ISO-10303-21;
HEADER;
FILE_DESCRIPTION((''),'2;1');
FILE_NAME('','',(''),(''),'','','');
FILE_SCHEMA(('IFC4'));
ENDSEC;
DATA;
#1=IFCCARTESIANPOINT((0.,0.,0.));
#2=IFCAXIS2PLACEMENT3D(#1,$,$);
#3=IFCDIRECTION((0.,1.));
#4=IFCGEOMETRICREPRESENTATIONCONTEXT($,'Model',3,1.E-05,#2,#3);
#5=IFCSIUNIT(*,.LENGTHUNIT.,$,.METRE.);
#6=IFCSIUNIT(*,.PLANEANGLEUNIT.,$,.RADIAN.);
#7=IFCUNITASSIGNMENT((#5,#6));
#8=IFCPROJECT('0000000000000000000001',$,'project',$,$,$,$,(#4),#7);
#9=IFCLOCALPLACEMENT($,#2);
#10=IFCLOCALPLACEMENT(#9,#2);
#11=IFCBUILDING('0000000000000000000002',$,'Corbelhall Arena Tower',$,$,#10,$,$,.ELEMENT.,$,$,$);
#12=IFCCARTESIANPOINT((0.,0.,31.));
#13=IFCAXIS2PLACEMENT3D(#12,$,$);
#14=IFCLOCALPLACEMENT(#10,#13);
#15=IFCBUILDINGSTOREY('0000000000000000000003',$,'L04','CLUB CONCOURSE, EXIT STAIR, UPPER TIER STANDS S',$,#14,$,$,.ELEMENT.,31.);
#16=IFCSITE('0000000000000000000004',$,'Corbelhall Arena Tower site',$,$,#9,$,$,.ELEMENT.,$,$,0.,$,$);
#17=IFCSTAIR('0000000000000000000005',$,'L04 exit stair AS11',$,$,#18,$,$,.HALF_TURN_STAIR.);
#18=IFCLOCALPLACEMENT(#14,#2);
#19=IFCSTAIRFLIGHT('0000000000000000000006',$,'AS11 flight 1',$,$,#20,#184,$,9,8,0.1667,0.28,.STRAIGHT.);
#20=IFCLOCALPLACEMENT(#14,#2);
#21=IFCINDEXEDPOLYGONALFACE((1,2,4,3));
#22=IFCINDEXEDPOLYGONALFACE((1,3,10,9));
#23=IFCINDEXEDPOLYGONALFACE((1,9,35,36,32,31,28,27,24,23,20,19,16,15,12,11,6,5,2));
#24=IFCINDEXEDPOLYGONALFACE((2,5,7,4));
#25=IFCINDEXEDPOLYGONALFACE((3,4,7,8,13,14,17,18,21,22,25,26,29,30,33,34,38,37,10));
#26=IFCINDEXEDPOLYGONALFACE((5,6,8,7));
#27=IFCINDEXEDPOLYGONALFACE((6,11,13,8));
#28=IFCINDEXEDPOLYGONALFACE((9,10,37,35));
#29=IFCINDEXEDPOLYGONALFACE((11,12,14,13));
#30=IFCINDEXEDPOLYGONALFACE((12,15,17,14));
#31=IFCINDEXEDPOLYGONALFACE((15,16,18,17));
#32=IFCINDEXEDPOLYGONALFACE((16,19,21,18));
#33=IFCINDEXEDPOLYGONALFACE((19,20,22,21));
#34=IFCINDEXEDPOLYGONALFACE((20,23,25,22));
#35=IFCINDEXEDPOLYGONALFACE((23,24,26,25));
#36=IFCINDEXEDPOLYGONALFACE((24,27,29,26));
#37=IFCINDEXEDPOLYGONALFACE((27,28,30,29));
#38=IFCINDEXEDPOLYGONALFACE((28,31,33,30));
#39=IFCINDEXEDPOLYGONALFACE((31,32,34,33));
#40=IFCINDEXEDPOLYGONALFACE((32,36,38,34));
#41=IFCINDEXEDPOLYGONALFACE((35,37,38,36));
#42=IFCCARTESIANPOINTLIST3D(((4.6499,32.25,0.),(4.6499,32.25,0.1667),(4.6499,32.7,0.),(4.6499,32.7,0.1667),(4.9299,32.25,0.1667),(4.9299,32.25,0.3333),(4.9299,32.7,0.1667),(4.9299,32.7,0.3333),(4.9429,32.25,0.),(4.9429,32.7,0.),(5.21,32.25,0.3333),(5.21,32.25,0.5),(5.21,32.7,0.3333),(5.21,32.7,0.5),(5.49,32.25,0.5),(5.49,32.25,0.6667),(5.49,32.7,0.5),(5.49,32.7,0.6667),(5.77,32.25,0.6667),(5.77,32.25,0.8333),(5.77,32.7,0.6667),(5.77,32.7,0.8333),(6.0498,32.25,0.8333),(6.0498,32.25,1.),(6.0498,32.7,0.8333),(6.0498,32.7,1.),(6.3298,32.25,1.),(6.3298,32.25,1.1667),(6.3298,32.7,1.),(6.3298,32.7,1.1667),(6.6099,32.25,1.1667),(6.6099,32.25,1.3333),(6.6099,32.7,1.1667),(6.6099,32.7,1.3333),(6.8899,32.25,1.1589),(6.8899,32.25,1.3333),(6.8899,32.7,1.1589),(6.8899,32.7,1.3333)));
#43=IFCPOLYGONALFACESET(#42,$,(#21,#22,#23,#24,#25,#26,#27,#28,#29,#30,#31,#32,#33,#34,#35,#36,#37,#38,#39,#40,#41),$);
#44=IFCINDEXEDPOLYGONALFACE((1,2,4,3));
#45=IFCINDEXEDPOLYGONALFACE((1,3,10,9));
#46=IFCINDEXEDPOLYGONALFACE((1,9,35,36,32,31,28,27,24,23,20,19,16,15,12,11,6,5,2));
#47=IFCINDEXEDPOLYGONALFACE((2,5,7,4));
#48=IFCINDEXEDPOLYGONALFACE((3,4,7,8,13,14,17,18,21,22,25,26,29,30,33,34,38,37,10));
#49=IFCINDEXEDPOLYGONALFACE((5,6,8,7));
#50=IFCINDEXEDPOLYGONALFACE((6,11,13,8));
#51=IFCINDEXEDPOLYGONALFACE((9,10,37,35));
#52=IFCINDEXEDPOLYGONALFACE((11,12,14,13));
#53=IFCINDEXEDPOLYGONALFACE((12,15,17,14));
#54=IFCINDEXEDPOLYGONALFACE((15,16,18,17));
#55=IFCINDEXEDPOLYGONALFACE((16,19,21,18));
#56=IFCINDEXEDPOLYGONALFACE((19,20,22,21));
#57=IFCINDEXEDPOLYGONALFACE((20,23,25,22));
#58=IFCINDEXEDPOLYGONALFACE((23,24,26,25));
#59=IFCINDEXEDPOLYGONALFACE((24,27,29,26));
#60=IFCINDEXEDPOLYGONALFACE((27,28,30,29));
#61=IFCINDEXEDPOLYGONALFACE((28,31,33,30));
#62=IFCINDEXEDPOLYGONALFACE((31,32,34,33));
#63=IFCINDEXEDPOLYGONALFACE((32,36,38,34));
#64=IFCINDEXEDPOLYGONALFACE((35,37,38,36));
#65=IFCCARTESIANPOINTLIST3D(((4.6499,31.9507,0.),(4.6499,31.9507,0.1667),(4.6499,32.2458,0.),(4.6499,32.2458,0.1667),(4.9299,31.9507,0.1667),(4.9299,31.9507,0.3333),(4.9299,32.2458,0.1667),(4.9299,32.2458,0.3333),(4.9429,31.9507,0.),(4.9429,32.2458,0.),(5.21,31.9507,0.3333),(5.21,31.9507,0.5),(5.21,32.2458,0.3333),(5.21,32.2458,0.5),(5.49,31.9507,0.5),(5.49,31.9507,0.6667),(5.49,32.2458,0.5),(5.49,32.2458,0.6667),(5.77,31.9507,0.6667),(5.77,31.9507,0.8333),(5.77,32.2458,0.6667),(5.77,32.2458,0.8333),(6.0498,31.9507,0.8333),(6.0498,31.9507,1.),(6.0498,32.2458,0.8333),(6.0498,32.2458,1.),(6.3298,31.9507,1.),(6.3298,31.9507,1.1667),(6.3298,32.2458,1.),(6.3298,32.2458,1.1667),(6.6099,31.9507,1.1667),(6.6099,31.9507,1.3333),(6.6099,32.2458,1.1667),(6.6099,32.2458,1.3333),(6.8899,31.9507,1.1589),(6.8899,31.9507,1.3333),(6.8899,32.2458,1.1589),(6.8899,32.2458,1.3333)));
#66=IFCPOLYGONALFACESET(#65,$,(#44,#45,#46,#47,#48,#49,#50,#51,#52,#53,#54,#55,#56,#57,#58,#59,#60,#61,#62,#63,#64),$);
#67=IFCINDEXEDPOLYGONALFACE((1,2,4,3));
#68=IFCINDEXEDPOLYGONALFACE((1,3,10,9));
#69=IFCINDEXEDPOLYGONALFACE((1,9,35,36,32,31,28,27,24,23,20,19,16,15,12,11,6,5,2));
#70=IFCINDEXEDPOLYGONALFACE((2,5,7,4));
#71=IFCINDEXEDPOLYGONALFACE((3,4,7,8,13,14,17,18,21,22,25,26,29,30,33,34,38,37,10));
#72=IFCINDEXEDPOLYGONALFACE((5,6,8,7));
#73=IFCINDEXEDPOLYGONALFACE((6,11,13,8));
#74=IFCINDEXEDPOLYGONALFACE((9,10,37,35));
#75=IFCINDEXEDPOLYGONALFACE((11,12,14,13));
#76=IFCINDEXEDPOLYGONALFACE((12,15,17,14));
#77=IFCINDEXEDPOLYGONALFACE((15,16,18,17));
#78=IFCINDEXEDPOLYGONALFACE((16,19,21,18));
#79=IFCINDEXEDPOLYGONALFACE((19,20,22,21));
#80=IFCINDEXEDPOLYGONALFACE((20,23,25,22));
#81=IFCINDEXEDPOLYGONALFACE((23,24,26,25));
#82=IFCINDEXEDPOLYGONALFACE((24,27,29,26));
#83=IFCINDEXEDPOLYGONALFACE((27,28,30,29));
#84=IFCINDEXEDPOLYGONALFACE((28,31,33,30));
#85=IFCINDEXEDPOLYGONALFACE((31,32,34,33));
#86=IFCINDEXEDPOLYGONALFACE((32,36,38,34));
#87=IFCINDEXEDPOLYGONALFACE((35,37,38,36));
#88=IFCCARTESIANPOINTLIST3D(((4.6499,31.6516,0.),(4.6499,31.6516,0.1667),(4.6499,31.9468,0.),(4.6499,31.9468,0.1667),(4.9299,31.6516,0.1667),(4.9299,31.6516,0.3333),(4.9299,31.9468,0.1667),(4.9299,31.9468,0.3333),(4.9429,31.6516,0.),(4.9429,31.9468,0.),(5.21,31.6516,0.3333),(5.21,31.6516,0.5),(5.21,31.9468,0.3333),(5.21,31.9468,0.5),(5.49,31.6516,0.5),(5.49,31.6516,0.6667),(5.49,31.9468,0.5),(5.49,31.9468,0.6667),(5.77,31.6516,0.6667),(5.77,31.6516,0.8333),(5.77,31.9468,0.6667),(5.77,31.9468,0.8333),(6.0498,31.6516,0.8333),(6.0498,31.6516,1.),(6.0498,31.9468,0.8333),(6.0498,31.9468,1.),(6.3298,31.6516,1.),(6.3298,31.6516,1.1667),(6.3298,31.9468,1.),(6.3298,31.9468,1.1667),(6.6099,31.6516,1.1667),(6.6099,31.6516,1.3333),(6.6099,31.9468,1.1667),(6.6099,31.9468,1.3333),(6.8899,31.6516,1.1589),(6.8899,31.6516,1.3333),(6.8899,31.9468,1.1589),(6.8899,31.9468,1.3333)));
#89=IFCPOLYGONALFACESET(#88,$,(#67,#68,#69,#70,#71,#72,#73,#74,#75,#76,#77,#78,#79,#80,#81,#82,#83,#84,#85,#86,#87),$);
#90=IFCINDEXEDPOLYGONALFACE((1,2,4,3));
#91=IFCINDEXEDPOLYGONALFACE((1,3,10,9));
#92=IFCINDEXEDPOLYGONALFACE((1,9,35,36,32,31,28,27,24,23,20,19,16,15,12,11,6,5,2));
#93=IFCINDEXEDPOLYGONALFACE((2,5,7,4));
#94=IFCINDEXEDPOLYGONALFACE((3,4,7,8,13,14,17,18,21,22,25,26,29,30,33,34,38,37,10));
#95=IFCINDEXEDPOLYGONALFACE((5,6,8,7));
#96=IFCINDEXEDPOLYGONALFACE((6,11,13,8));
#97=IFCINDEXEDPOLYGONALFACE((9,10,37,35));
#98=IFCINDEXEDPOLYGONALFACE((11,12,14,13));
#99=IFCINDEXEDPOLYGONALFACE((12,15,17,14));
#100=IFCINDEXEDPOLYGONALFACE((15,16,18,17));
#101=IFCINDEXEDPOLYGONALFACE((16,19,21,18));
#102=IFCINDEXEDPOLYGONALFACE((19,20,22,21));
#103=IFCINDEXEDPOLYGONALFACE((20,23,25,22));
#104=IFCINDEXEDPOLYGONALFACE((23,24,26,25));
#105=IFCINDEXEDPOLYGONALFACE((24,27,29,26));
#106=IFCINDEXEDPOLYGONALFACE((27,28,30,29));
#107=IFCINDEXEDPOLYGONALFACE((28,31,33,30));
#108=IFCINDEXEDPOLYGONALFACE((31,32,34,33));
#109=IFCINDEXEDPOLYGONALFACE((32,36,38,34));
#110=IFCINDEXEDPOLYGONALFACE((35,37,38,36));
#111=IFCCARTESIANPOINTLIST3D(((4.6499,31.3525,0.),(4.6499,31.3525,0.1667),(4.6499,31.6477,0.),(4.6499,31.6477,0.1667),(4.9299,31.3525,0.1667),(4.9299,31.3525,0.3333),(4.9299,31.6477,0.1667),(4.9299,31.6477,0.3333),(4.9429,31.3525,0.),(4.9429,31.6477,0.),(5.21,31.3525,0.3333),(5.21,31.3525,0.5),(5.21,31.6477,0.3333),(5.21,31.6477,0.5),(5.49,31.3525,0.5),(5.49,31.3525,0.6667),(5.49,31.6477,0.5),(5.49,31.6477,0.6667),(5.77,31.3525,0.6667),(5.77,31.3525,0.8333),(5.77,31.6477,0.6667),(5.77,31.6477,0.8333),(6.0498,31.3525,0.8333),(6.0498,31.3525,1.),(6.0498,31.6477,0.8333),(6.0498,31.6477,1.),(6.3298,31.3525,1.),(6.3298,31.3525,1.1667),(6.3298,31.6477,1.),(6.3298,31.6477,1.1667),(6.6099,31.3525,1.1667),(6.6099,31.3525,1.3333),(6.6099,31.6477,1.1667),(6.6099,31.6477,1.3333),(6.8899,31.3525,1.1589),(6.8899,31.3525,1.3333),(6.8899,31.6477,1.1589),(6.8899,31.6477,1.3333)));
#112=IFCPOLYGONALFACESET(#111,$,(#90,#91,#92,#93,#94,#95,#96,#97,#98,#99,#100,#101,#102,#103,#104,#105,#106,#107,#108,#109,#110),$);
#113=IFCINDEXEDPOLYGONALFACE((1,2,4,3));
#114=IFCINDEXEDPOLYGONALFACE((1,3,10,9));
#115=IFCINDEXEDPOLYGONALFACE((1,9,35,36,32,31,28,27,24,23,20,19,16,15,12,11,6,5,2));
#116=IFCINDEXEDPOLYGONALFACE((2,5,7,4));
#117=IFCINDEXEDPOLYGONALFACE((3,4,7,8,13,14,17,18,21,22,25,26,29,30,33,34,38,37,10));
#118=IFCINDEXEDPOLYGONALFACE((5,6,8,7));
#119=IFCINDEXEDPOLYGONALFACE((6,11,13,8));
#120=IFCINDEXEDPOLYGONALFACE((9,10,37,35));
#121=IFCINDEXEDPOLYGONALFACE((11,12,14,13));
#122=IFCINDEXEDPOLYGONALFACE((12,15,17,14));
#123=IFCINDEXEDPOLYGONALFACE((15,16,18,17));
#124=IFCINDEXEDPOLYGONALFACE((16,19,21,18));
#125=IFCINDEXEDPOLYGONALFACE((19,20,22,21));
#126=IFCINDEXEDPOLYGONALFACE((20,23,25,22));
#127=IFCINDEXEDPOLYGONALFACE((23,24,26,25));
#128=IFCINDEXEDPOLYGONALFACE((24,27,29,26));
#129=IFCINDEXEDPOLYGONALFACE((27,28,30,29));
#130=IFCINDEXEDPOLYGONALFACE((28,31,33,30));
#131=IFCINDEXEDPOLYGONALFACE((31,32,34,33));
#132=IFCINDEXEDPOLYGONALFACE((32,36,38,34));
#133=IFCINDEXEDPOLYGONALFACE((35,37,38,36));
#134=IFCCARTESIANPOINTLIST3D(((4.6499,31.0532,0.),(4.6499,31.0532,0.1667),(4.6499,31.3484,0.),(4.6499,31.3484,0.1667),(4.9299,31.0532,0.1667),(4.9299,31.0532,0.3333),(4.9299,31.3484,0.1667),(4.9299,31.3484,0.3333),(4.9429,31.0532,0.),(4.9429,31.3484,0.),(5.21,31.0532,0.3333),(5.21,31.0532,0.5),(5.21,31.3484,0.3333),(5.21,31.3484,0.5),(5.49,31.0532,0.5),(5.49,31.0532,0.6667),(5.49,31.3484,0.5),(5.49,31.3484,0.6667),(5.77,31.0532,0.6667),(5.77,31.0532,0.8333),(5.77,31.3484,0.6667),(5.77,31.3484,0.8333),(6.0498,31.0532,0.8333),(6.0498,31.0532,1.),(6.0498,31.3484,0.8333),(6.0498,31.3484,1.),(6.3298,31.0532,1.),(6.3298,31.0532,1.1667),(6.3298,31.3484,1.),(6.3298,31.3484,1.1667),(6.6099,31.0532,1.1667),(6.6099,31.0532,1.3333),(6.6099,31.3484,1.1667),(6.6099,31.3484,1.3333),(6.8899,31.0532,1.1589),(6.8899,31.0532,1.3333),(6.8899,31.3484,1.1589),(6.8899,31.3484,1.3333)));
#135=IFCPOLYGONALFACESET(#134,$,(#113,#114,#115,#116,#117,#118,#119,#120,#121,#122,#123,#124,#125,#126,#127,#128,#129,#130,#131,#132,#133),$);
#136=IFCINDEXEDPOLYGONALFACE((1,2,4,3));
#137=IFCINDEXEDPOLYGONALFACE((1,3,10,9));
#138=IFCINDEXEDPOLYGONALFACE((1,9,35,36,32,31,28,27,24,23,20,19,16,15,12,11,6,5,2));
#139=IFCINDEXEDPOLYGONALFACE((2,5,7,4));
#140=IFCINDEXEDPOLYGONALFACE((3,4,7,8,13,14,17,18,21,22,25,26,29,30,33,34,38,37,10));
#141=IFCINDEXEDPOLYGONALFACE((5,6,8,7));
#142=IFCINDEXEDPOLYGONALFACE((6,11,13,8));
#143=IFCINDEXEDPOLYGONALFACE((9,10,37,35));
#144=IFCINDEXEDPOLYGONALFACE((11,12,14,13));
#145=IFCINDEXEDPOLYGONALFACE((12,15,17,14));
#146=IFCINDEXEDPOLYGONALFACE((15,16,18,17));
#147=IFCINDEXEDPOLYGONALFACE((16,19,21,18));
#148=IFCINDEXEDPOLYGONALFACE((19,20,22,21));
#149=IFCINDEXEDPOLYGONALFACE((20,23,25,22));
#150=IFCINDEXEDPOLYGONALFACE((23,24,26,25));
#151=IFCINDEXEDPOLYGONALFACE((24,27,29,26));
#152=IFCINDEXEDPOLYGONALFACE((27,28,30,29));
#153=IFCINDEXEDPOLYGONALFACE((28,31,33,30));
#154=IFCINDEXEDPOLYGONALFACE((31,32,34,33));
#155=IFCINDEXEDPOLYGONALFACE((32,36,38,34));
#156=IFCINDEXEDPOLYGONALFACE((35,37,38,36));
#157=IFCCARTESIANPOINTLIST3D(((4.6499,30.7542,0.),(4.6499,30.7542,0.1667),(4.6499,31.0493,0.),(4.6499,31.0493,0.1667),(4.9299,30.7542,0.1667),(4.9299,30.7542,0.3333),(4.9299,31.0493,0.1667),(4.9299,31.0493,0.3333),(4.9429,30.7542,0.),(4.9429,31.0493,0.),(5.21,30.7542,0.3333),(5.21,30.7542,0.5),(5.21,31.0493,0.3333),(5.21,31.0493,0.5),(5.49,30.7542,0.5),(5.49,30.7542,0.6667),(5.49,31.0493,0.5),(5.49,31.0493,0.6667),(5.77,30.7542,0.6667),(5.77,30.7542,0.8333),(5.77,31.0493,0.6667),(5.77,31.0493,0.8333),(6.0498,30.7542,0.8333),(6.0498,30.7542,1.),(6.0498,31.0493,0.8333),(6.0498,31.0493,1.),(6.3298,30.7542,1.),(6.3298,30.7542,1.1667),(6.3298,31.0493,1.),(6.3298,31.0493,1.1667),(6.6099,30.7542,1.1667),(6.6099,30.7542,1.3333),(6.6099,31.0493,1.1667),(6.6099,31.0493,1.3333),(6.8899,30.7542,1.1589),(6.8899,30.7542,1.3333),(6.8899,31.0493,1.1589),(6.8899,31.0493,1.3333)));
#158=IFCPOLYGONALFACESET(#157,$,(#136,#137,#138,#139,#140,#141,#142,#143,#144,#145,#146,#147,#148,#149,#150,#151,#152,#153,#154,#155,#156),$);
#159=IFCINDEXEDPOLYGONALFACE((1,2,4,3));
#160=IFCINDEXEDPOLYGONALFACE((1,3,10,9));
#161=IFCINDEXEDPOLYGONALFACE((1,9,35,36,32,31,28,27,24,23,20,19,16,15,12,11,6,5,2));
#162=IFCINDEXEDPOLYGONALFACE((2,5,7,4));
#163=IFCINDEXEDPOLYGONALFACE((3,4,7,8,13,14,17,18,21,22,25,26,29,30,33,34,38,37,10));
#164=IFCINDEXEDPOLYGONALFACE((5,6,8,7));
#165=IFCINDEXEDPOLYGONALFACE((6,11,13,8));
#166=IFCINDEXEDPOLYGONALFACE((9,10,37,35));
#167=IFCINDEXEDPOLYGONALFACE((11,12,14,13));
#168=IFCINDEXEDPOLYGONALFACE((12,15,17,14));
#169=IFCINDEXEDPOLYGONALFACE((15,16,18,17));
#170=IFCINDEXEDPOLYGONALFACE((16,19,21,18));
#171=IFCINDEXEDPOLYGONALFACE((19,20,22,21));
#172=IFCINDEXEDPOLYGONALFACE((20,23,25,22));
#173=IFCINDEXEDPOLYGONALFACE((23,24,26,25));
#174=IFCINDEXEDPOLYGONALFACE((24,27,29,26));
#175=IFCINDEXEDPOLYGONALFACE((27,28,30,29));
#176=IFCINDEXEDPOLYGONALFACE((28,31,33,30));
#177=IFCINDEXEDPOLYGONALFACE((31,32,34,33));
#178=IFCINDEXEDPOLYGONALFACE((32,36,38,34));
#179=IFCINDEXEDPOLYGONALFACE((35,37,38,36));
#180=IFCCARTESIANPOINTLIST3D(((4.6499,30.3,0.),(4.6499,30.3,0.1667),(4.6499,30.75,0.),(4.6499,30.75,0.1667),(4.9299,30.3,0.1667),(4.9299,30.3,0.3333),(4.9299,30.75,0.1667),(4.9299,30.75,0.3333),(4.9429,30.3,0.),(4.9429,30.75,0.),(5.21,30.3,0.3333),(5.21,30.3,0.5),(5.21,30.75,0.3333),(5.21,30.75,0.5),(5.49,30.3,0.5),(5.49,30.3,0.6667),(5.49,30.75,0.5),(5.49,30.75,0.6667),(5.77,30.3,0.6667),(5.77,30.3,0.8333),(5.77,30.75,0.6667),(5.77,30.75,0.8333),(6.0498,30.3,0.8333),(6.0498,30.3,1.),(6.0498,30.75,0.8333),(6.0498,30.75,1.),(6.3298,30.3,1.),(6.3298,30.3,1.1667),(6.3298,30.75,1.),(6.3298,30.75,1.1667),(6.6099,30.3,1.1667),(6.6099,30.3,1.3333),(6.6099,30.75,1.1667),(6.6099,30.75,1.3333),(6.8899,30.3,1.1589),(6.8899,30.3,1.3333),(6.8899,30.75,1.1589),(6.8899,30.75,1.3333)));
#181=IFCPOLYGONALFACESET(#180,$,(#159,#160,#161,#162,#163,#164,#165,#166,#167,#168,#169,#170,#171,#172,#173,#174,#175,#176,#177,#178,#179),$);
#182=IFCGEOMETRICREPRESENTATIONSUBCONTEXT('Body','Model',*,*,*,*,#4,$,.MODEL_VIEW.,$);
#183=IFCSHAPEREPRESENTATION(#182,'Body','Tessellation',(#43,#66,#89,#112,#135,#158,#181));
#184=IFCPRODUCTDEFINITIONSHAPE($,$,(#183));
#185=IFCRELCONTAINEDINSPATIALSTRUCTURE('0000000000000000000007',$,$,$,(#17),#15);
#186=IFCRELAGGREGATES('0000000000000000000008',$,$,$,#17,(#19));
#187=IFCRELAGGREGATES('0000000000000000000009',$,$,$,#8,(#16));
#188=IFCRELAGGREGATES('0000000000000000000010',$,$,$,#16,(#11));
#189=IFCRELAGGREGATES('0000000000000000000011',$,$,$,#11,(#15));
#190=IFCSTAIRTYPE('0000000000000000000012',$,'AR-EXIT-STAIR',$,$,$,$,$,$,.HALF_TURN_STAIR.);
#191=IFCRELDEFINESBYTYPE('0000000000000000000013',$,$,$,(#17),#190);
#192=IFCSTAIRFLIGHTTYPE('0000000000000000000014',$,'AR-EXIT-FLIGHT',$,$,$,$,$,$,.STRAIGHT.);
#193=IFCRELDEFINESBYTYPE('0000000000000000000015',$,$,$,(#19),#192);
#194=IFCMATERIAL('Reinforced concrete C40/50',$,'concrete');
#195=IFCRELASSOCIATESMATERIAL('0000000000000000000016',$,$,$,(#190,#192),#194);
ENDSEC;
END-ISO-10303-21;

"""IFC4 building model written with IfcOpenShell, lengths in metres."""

from ifc_helpers import new_model, si_unit, direction, frame, origin, place, context, subcontext, project, spatial, polyline, outline, extrude, material, type_object, element, aggregate, save


model = new_model("IFC4")

# Units and contexts
model_context = context("Model", 3, precision=1e-05, world=origin(), true_north=direction((0.0, 1.0)))
body_context = subcontext(model_context, "Body", "Model", "MODEL_VIEW")
ifc_project = project(units=[si_unit("LENGTHUNIT", "METRE"), si_unit("PLANEANGLEUNIT", "RADIAN")], contexts=[model_context])

# Site, building, storey
site_placement = place(None, origin())
site = spatial("IfcSite", under=ifc_project, at=site_placement, Name="Corbelhall Arena Tower site", CompositionType="ELEMENT", RefElevation=0.0)
building_placement = place(site_placement, origin())
building = spatial("IfcBuilding", under=site, at=building_placement, Name="Corbelhall Arena Tower", CompositionType="ELEMENT")
storey_placement = place(building_placement, frame((0.0, 0.0, 31.0)))
storey = spatial("IfcBuildingStorey", under=building, at=storey_placement, Name="L04", Description="CLUB CONCOURSE, EXIT STAIR, UPPER TIER STANDS S", CompositionType="ELEMENT", Elevation=31.0)

# Shared definitions
ifc_material_1 = material(Name="Reinforced concrete C40/50", Category="concrete")

# Stair, stair flight
stair_type = type_object("IfcStairType", Name="AR-EXIT-STAIR", PredefinedType="HALF_TURN_STAIR", material=ifc_material_1)
stair_1_placement = place(storey_placement, origin())
stair_1 = element("IfcStair", 1, at=stair_1_placement, inside=storey, type_object=stair_type, Name="L04 exit stair AS11", PredefinedType="HALF_TURN_STAIR")
stair_flight_type = type_object("IfcStairFlightType", Name="AR-EXIT-FLIGHT", PredefinedType="STRAIGHT", material=ifc_material_1)
stair_flight_1_placement = place(storey_placement, frame((4.6499, 31.5, 0.0), z_axis=(0.0, 0.0, 1.0), x_axis=(1.0, 0.0, 0.0)))
stair_flight_1 = element("IfcStairFlight", 2, at=stair_flight_1_placement, type_object=stair_flight_type, Name="AS11 flight 1", NumberOfRisers=9, NumberOfTreads=8, PredefinedType="STRAIGHT", RiserHeight=0.1667, TreadLength=0.28, context=body_context, shape_type="SweptSolid", body=[
    extrude(outline(polyline([(0.0, 0.0), (0.0, 0.1667), (0.28, 0.1667), (0.28, 0.3333), (0.5601, 0.3333), (0.5601, 0.5), (0.8401, 0.5), (0.8401, 0.6667), (1.1201, 0.6667), (1.1201, 0.8333), (1.3999, 0.8333), (1.3999, 1.0), (1.6799, 1.0), (1.6799, 1.1667), (1.96, 1.1667), (1.96, 1.3333), (2.24, 1.3333), (2.24, 1.5), (2.24, 1.1589), (0.293, 0.0), (0.0, 0.0)])), frame((0.0, 1.2, 0.0), z_axis=(0.0, -1.0, 0.0), x_axis=(1.0, 0.0, 0.0)), (0.0, 0.0, 1.0), 0.45),
    extrude(outline(polyline([(0.0, 0.0), (0.0, 0.1667), (0.28, 0.1667), (0.28, 0.3333), (0.5601, 0.3333), (0.5601, 0.5), (0.8401, 0.5), (0.8401, 0.6667), (1.1201, 0.6667), (1.1201, 0.8333), (1.3999, 0.8333), (1.3999, 1.0), (1.6799, 1.0), (1.6799, 1.1667), (1.96, 1.1667), (1.96, 1.3333), (2.24, 1.3333), (2.24, 1.5), (2.24, 1.1589), (0.293, 0.0), (0.0, 0.0)])), frame((0.0, 0.7458, 0.0), z_axis=(0.0, -1.0, 0.0), x_axis=(1.0, 0.0, 0.0)), (0.0, 0.0, 1.0), 0.2952),
    extrude(outline(polyline([(0.0, 0.0), (0.0, 0.1667), (0.28, 0.1667), (0.28, 0.3333), (0.5601, 0.3333), (0.5601, 0.5), (0.8401, 0.5), (0.8401, 0.6667), (1.1201, 0.6667), (1.1201, 0.8333), (1.3999, 0.8333), (1.3999, 1.0), (1.6799, 1.0), (1.6799, 1.1667), (1.96, 1.1667), (1.96, 1.3333), (2.24, 1.3333), (2.24, 1.5), (2.24, 1.1589), (0.293, 0.0), (0.0, 0.0)])), frame((0.0, 0.4468, 0.0), z_axis=(0.0, -1.0, 0.0), x_axis=(1.0, 0.0, 0.0)), (0.0, 0.0, 1.0), 0.2952),
    extrude(outline(polyline([(0.0, 0.0), (0.0, 0.1667), (0.28, 0.1667), (0.28, 0.3333), (0.5601, 0.3333), (0.5601, 0.5), (0.8401, 0.5), (0.8401, 0.6667), (1.1201, 0.6667), (1.1201, 0.8333), (1.3999, 0.8333), (1.3999, 1.0), (1.6799, 1.0), (1.6799, 1.1667), (1.96, 1.1667), (1.96, 1.3333), (2.24, 1.3333), (2.24, 1.5), (2.24, 1.1589), (0.293, 0.0), (0.0, 0.0)])), frame((0.0, 0.1477, 0.0), z_axis=(0.0, -1.0, 0.0), x_axis=(1.0, 0.0, 0.0)), (0.0, 0.0, 1.0), 0.2952),
    extrude(outline(polyline([(0.0, 0.0), (0.0, 0.1667), (0.28, 0.1667), (0.28, 0.3333), (0.5601, 0.3333), (0.5601, 0.5), (0.8401, 0.5), (0.8401, 0.6667), (1.1201, 0.6667), (1.1201, 0.8333), (1.3999, 0.8333), (1.3999, 1.0), (1.6799, 1.0), (1.6799, 1.1667), (1.96, 1.1667), (1.96, 1.3333), (2.24, 1.3333), (2.24, 1.5), (2.24, 1.1589), (0.293, 0.0), (0.0, 0.0)])), frame((0.0, -0.1516, 0.0), z_axis=(0.0, -1.0, 0.0), x_axis=(1.0, 0.0, 0.0)), (0.0, 0.0, 1.0), 0.2952),
    extrude(outline(polyline([(0.0, 0.0), (0.0, 0.1667), (0.28, 0.1667), (0.28, 0.3333), (0.5601, 0.3333), (0.5601, 0.5), (0.8401, 0.5), (0.8401, 0.6667), (1.1201, 0.6667), (1.1201, 0.8333), (1.3999, 0.8333), (1.3999, 1.0), (1.6799, 1.0), (1.6799, 1.1667), (1.96, 1.1667), (1.96, 1.3333), (2.24, 1.3333), (2.24, 1.5), (2.24, 1.1589), (0.293, 0.0), (0.0, 0.0)])), frame((0.0, -0.4507, 0.0), z_axis=(0.0, -1.0, 0.0), x_axis=(1.0, 0.0, 0.0)), (0.0, 0.0, 1.0), 0.2952),
    extrude(outline(polyline([(0.0, 0.0), (0.0, 0.1667), (0.28, 0.1667), (0.28, 0.3333), (0.5601, 0.3333), (0.5601, 0.5), (0.8401, 0.5), (0.8401, 0.6667), (1.1201, 0.6667), (1.1201, 0.8333), (1.3999, 0.8333), (1.3999, 1.0), (1.6799, 1.0), (1.6799, 1.1667), (1.96, 1.1667), (1.96, 1.3333), (2.24, 1.3333), (2.24, 1.5), (2.24, 1.1589), (0.293, 0.0), (0.0, 0.0)])), frame((0.0, -0.75, 0.0), z_axis=(0.0, -1.0, 0.0), x_axis=(1.0, 0.0, 0.0)), (0.0, 0.0, 1.0), 0.45),
])
aggregate(stair_1, [stair_flight_1])

save(model, "model.ifc")
